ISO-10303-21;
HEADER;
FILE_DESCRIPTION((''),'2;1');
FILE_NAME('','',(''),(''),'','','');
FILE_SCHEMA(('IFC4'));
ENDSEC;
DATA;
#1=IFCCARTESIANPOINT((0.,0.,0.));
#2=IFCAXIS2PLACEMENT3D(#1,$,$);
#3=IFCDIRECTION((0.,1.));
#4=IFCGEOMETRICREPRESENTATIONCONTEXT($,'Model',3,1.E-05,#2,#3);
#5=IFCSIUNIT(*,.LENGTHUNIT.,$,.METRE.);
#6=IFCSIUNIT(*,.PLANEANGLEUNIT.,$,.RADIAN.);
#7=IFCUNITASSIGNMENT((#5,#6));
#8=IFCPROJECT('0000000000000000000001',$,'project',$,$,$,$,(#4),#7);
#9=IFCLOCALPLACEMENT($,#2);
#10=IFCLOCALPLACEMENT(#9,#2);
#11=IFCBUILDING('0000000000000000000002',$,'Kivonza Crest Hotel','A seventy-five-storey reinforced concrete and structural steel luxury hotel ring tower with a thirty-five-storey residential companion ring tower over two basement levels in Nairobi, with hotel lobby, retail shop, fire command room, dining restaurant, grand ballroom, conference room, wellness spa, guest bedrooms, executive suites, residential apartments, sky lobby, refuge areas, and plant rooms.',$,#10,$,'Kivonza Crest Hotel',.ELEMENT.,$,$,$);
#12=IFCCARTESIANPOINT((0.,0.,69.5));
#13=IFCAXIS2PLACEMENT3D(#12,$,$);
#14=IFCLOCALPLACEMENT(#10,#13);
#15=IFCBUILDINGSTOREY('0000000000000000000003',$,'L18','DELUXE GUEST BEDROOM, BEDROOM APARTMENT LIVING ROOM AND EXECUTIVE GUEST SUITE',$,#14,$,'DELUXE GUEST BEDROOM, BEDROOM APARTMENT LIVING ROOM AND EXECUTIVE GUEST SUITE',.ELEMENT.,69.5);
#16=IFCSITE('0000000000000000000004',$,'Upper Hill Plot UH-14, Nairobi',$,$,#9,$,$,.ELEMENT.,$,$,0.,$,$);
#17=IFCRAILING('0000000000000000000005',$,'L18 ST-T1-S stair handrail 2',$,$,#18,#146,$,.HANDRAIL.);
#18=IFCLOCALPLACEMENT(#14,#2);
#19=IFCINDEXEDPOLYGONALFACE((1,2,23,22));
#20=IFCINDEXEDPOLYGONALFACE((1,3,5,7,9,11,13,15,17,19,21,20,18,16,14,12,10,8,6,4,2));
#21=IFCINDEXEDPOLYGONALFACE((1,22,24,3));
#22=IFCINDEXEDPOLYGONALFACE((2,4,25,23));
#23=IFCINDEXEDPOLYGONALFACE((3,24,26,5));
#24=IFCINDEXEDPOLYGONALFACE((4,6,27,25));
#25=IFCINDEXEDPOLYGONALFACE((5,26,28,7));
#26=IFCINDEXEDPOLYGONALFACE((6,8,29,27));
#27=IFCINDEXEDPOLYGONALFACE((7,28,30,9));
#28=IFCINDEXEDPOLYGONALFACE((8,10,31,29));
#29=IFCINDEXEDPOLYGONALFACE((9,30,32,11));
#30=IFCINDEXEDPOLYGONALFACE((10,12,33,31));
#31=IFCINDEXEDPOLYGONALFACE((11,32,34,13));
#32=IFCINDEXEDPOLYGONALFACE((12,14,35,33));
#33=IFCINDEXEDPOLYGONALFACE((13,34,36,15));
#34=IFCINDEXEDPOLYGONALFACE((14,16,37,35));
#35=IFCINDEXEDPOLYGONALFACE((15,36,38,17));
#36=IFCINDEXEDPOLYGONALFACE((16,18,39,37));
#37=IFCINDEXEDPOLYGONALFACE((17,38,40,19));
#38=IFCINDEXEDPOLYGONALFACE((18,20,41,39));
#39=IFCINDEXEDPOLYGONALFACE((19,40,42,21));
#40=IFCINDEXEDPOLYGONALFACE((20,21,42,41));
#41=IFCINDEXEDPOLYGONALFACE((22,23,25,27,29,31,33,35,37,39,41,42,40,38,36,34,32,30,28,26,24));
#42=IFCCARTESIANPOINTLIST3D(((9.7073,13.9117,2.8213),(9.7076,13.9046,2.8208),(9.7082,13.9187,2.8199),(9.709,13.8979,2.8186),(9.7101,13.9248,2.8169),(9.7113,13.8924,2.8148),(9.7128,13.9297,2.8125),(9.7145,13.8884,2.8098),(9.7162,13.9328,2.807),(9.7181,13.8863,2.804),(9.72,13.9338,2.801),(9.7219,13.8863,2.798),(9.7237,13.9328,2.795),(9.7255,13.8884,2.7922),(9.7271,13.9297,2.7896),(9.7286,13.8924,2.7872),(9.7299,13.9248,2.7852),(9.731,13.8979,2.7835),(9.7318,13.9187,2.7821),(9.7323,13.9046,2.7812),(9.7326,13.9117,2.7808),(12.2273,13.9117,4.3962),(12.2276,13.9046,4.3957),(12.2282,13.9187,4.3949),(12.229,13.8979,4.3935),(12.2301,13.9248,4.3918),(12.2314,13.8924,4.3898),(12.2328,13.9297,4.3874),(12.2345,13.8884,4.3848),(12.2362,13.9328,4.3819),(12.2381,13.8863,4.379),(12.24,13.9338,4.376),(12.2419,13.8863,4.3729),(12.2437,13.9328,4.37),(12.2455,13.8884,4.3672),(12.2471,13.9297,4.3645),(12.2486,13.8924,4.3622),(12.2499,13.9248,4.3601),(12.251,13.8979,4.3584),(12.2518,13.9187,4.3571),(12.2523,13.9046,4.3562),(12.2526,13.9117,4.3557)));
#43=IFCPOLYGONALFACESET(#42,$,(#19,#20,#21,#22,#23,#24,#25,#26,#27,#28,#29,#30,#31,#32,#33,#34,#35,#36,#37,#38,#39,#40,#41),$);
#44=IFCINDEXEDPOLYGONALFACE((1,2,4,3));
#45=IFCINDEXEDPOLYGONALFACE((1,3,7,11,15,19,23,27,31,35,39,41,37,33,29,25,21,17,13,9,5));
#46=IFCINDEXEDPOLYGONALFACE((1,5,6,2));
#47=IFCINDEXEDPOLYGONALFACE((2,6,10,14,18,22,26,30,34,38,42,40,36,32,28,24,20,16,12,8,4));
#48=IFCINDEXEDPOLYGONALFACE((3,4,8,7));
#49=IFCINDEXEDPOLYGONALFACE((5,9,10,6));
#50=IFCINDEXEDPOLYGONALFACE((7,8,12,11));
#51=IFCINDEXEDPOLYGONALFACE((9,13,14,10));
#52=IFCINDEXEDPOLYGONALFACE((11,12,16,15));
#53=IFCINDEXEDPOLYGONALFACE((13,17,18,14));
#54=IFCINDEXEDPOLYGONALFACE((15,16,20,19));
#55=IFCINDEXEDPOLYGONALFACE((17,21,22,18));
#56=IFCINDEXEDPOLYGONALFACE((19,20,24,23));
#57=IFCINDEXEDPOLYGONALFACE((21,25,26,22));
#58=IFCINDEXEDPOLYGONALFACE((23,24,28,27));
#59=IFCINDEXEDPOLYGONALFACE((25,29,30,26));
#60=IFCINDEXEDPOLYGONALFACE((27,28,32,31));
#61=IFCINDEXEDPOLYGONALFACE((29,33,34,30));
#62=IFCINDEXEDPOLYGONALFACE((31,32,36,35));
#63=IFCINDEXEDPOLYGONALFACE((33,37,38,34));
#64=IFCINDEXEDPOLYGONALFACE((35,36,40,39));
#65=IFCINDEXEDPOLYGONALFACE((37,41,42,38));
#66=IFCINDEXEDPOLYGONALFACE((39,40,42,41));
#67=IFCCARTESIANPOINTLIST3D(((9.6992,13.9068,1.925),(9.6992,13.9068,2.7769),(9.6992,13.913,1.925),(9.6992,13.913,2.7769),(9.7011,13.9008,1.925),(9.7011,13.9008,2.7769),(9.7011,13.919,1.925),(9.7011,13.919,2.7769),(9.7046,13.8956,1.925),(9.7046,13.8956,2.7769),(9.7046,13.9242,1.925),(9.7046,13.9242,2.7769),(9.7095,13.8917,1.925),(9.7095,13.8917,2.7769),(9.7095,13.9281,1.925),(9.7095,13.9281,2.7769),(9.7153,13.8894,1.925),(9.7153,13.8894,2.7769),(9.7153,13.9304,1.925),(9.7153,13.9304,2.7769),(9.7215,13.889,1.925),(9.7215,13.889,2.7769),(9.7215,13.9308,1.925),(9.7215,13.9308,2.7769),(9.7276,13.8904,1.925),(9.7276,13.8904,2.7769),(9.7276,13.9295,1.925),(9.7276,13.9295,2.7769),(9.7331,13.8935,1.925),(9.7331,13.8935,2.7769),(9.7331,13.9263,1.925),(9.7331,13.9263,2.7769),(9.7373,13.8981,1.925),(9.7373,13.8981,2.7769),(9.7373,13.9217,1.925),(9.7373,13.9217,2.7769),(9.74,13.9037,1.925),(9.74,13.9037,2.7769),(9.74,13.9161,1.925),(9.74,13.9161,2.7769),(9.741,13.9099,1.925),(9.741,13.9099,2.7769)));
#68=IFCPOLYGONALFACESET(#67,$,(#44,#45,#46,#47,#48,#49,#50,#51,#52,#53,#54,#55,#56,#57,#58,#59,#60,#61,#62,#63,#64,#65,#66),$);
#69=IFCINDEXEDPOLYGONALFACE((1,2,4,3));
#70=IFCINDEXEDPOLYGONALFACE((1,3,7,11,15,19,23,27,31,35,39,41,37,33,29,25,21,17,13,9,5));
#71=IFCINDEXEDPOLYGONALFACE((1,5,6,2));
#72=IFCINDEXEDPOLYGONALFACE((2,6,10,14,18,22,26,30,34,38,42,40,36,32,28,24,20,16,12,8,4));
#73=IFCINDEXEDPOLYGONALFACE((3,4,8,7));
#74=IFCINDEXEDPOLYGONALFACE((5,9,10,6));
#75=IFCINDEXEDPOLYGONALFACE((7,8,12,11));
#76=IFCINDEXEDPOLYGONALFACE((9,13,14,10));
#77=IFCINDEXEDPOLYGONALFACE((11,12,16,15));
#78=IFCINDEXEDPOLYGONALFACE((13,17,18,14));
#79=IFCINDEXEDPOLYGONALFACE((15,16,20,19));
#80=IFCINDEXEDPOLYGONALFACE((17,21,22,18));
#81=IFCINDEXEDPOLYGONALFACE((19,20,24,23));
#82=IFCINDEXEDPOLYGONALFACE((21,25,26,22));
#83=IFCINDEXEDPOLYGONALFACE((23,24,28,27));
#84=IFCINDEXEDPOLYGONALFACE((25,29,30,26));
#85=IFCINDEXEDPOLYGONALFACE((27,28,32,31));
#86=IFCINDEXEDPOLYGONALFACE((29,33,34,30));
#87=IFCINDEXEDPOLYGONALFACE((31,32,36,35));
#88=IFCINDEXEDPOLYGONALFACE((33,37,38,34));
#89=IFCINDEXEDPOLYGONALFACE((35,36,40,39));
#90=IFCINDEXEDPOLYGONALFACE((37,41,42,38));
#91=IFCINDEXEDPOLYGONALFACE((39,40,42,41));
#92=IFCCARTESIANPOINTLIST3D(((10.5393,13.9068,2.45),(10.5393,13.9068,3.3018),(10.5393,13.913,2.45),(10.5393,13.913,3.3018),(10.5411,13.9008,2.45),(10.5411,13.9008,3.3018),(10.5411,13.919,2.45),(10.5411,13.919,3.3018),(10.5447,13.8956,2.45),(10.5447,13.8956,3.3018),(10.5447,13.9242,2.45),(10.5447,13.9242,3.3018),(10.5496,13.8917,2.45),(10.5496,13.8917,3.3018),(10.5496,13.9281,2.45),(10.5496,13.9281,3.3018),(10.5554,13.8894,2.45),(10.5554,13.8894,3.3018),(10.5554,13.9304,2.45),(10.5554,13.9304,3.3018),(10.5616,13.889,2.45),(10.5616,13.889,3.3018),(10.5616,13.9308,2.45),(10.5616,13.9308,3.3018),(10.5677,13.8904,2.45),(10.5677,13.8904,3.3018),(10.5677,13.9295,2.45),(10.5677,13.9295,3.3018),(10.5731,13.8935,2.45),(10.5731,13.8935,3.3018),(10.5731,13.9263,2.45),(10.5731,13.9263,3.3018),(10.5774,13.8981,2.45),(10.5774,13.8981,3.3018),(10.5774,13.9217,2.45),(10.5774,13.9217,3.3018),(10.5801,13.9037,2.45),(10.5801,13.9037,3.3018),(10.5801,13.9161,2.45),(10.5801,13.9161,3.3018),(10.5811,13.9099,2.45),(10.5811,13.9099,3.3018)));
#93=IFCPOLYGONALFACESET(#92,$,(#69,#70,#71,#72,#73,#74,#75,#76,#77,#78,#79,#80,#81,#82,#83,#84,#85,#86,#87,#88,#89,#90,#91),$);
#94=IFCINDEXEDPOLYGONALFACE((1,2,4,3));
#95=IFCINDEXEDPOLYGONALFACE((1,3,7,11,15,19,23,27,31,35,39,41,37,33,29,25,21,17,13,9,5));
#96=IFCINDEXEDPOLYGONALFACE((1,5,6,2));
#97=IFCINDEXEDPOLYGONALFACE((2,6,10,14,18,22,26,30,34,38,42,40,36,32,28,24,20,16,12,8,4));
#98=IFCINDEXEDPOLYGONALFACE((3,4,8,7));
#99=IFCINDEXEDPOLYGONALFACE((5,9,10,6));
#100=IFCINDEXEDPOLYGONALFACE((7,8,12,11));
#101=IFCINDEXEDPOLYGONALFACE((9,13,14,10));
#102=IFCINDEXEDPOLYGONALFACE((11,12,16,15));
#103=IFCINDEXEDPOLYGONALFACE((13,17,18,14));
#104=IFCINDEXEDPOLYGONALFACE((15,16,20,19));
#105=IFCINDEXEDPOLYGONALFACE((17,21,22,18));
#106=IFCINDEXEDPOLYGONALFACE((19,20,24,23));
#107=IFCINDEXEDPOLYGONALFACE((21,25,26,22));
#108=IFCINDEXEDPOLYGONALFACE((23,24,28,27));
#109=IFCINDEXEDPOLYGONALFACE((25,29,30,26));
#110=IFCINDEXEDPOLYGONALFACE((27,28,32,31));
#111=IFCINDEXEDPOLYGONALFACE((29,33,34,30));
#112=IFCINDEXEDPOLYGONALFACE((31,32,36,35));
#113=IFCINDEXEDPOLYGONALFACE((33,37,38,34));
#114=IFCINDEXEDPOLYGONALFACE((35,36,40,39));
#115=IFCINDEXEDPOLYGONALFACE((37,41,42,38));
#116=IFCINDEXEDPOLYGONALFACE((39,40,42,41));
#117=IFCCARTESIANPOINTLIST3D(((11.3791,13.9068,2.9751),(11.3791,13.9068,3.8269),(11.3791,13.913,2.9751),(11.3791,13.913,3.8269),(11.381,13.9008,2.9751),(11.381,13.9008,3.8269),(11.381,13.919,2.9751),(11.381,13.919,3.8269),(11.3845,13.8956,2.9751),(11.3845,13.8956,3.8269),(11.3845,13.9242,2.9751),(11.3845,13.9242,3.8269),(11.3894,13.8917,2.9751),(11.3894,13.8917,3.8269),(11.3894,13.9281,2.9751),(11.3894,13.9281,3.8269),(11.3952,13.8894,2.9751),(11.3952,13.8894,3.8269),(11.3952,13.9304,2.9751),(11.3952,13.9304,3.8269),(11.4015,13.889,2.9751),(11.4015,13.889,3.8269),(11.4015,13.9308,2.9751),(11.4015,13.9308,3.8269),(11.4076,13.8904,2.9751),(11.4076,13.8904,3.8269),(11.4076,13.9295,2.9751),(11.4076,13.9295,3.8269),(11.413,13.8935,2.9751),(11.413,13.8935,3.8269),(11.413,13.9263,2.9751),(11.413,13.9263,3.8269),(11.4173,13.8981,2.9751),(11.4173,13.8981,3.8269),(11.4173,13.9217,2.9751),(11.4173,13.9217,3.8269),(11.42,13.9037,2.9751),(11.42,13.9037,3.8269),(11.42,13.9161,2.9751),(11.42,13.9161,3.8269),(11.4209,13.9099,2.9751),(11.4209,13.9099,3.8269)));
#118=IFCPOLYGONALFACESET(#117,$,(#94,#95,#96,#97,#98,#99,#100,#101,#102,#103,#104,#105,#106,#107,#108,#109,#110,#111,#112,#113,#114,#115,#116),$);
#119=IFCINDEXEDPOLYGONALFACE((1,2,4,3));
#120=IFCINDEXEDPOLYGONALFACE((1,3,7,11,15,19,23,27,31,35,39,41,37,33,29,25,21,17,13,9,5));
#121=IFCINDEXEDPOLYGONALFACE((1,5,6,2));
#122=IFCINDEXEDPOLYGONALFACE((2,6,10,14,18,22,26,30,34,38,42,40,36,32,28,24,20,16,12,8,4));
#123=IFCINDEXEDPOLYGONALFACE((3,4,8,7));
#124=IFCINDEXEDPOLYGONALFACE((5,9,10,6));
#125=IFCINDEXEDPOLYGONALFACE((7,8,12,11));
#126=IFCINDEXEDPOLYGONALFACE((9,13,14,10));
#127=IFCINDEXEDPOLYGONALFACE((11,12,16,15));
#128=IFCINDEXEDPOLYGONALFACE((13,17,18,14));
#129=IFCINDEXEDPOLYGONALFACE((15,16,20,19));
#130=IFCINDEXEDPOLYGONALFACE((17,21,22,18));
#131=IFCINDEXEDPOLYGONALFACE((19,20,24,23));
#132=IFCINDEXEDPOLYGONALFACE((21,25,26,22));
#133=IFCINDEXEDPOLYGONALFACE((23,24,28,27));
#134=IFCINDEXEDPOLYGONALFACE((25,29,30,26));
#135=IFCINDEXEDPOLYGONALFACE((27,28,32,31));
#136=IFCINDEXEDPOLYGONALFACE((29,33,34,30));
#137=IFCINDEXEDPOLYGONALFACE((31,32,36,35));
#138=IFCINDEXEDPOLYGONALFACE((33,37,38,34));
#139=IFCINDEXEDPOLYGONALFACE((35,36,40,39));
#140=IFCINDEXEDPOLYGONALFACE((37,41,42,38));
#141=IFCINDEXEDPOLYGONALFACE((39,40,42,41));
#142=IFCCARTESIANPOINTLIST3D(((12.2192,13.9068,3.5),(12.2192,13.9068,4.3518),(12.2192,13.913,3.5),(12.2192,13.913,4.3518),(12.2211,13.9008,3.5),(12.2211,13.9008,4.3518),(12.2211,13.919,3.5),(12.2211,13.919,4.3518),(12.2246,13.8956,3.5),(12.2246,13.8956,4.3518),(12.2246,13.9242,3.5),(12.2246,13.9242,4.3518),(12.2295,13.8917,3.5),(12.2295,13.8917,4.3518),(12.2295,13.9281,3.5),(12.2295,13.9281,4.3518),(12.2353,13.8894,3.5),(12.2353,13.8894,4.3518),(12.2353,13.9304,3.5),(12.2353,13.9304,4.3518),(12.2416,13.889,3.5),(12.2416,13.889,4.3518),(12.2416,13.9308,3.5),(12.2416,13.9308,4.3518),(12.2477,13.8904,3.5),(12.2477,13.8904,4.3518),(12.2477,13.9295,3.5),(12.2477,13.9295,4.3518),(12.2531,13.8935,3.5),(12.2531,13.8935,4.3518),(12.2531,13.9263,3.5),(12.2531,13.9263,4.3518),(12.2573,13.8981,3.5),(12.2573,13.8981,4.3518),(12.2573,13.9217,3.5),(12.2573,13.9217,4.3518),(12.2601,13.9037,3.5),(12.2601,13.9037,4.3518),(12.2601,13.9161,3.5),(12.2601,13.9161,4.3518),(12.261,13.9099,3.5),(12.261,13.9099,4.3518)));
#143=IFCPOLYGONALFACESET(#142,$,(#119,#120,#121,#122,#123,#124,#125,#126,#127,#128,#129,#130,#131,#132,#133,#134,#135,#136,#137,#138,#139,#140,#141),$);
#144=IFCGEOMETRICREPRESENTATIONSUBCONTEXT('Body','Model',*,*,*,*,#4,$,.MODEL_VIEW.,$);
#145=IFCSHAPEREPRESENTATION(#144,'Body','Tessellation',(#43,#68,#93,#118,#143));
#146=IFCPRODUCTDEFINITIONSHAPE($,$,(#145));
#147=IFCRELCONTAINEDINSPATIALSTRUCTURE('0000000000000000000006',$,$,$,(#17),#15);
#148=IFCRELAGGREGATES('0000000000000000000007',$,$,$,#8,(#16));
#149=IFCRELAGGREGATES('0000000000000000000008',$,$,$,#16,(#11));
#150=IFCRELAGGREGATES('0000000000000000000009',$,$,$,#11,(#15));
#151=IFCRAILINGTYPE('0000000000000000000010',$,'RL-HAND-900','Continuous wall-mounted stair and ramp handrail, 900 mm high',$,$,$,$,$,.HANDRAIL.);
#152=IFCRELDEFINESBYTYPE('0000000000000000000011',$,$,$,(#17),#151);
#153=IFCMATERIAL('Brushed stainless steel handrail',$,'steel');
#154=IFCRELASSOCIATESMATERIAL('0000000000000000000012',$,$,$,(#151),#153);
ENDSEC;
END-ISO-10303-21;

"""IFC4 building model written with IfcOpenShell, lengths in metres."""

from ifc_helpers import new_model, si_unit, direction, frame, origin, origin_2d, place, context, subcontext, project, spatial, circle, extrude, material, type_object, element, save


model = new_model("IFC4")

# Units and contexts
model_context = context("Model", 3, precision=1e-05, world=origin(), true_north=direction((0.0, 1.0)))
body_context = subcontext(model_context, "Body", "Model", "MODEL_VIEW")
ifc_project = project(units=[si_unit("LENGTHUNIT", "METRE"), si_unit("PLANEANGLEUNIT", "RADIAN")], contexts=[model_context])

# Site, building, storey
site_placement = place(None, origin())
site = spatial("IfcSite", under=ifc_project, at=site_placement, Name="Upper Hill Plot UH-14, Nairobi", CompositionType="ELEMENT", RefElevation=0.0)
building_placement = place(site_placement, origin())
building = spatial("IfcBuilding", under=site, at=building_placement, Name="Kivonza Crest Hotel", Description="A seventy-five-storey reinforced concrete and structural steel luxury hotel ring tower with a thirty-five-storey residential companion ring tower over two basement levels in Nairobi, with hotel lobby, retail shop, fire command room, dining restaurant, grand ballroom, conference room, wellness spa, guest bedrooms, executive suites, residential apartments, sky lobby, refuge areas, and plant rooms.", LongName="Kivonza Crest Hotel", CompositionType="ELEMENT")
storey_placement = place(building_placement, frame((0.0, 0.0, 69.5)))
storey = spatial("IfcBuildingStorey", under=building, at=storey_placement, Name="L18", Description="DELUXE GUEST BEDROOM, BEDROOM APARTMENT LIVING ROOM AND EXECUTIVE GUEST SUITE", LongName="DELUXE GUEST BEDROOM, BEDROOM APARTMENT LIVING ROOM AND EXECUTIVE GUEST SUITE", CompositionType="ELEMENT", Elevation=69.5)

# Railing
ifc_material_1 = material(Name="Brushed stainless steel handrail", Category="steel")
railing_type_1 = type_object("IfcRailingType", Name="RL-HAND-900", Description="Continuous wall-mounted stair and ramp handrail, 900 mm high", PredefinedType="HANDRAIL", material=ifc_material_1)
railing_1_placement = place(storey_placement, frame((9.72, 13.9099, 1.925)))
element("IfcRailing", 1, at=railing_1_placement, inside=storey, type_object=railing_type_1, Name="L18 ST-T1-S stair handrail 2", PredefinedType="HANDRAIL", context=body_context, shape_type="SweptSolid", body=[
    extrude(circle(Radius=0.0239, at=origin_2d()), frame((0.0, 0.0, 0.876), z_axis=(0.848008, 0.0, 0.529984), x_axis=(0.0, 1.0, 0.0)), (0.0, 0.0, 1.0), 2.9717),
    extrude(circle(Radius=0.021, at=origin_2d()), origin(), (0.0, 0.0, 1.0), 0.8518),
    extrude(circle(Radius=0.021, at=origin_2d()), frame((0.8401, 0.0, 0.5249)), (0.0, 0.0, 1.0), 0.8518),
    extrude(circle(Radius=0.021, at=origin_2d()), frame((1.6799, 0.0, 1.05)), (0.0, 0.0, 1.0), 0.8518),
    extrude(circle(Radius=0.021, at=origin_2d()), frame((2.52, 0.0, 1.575)), (0.0, 0.0, 1.0), 0.8518),
])

save(model, "model.ifc")
